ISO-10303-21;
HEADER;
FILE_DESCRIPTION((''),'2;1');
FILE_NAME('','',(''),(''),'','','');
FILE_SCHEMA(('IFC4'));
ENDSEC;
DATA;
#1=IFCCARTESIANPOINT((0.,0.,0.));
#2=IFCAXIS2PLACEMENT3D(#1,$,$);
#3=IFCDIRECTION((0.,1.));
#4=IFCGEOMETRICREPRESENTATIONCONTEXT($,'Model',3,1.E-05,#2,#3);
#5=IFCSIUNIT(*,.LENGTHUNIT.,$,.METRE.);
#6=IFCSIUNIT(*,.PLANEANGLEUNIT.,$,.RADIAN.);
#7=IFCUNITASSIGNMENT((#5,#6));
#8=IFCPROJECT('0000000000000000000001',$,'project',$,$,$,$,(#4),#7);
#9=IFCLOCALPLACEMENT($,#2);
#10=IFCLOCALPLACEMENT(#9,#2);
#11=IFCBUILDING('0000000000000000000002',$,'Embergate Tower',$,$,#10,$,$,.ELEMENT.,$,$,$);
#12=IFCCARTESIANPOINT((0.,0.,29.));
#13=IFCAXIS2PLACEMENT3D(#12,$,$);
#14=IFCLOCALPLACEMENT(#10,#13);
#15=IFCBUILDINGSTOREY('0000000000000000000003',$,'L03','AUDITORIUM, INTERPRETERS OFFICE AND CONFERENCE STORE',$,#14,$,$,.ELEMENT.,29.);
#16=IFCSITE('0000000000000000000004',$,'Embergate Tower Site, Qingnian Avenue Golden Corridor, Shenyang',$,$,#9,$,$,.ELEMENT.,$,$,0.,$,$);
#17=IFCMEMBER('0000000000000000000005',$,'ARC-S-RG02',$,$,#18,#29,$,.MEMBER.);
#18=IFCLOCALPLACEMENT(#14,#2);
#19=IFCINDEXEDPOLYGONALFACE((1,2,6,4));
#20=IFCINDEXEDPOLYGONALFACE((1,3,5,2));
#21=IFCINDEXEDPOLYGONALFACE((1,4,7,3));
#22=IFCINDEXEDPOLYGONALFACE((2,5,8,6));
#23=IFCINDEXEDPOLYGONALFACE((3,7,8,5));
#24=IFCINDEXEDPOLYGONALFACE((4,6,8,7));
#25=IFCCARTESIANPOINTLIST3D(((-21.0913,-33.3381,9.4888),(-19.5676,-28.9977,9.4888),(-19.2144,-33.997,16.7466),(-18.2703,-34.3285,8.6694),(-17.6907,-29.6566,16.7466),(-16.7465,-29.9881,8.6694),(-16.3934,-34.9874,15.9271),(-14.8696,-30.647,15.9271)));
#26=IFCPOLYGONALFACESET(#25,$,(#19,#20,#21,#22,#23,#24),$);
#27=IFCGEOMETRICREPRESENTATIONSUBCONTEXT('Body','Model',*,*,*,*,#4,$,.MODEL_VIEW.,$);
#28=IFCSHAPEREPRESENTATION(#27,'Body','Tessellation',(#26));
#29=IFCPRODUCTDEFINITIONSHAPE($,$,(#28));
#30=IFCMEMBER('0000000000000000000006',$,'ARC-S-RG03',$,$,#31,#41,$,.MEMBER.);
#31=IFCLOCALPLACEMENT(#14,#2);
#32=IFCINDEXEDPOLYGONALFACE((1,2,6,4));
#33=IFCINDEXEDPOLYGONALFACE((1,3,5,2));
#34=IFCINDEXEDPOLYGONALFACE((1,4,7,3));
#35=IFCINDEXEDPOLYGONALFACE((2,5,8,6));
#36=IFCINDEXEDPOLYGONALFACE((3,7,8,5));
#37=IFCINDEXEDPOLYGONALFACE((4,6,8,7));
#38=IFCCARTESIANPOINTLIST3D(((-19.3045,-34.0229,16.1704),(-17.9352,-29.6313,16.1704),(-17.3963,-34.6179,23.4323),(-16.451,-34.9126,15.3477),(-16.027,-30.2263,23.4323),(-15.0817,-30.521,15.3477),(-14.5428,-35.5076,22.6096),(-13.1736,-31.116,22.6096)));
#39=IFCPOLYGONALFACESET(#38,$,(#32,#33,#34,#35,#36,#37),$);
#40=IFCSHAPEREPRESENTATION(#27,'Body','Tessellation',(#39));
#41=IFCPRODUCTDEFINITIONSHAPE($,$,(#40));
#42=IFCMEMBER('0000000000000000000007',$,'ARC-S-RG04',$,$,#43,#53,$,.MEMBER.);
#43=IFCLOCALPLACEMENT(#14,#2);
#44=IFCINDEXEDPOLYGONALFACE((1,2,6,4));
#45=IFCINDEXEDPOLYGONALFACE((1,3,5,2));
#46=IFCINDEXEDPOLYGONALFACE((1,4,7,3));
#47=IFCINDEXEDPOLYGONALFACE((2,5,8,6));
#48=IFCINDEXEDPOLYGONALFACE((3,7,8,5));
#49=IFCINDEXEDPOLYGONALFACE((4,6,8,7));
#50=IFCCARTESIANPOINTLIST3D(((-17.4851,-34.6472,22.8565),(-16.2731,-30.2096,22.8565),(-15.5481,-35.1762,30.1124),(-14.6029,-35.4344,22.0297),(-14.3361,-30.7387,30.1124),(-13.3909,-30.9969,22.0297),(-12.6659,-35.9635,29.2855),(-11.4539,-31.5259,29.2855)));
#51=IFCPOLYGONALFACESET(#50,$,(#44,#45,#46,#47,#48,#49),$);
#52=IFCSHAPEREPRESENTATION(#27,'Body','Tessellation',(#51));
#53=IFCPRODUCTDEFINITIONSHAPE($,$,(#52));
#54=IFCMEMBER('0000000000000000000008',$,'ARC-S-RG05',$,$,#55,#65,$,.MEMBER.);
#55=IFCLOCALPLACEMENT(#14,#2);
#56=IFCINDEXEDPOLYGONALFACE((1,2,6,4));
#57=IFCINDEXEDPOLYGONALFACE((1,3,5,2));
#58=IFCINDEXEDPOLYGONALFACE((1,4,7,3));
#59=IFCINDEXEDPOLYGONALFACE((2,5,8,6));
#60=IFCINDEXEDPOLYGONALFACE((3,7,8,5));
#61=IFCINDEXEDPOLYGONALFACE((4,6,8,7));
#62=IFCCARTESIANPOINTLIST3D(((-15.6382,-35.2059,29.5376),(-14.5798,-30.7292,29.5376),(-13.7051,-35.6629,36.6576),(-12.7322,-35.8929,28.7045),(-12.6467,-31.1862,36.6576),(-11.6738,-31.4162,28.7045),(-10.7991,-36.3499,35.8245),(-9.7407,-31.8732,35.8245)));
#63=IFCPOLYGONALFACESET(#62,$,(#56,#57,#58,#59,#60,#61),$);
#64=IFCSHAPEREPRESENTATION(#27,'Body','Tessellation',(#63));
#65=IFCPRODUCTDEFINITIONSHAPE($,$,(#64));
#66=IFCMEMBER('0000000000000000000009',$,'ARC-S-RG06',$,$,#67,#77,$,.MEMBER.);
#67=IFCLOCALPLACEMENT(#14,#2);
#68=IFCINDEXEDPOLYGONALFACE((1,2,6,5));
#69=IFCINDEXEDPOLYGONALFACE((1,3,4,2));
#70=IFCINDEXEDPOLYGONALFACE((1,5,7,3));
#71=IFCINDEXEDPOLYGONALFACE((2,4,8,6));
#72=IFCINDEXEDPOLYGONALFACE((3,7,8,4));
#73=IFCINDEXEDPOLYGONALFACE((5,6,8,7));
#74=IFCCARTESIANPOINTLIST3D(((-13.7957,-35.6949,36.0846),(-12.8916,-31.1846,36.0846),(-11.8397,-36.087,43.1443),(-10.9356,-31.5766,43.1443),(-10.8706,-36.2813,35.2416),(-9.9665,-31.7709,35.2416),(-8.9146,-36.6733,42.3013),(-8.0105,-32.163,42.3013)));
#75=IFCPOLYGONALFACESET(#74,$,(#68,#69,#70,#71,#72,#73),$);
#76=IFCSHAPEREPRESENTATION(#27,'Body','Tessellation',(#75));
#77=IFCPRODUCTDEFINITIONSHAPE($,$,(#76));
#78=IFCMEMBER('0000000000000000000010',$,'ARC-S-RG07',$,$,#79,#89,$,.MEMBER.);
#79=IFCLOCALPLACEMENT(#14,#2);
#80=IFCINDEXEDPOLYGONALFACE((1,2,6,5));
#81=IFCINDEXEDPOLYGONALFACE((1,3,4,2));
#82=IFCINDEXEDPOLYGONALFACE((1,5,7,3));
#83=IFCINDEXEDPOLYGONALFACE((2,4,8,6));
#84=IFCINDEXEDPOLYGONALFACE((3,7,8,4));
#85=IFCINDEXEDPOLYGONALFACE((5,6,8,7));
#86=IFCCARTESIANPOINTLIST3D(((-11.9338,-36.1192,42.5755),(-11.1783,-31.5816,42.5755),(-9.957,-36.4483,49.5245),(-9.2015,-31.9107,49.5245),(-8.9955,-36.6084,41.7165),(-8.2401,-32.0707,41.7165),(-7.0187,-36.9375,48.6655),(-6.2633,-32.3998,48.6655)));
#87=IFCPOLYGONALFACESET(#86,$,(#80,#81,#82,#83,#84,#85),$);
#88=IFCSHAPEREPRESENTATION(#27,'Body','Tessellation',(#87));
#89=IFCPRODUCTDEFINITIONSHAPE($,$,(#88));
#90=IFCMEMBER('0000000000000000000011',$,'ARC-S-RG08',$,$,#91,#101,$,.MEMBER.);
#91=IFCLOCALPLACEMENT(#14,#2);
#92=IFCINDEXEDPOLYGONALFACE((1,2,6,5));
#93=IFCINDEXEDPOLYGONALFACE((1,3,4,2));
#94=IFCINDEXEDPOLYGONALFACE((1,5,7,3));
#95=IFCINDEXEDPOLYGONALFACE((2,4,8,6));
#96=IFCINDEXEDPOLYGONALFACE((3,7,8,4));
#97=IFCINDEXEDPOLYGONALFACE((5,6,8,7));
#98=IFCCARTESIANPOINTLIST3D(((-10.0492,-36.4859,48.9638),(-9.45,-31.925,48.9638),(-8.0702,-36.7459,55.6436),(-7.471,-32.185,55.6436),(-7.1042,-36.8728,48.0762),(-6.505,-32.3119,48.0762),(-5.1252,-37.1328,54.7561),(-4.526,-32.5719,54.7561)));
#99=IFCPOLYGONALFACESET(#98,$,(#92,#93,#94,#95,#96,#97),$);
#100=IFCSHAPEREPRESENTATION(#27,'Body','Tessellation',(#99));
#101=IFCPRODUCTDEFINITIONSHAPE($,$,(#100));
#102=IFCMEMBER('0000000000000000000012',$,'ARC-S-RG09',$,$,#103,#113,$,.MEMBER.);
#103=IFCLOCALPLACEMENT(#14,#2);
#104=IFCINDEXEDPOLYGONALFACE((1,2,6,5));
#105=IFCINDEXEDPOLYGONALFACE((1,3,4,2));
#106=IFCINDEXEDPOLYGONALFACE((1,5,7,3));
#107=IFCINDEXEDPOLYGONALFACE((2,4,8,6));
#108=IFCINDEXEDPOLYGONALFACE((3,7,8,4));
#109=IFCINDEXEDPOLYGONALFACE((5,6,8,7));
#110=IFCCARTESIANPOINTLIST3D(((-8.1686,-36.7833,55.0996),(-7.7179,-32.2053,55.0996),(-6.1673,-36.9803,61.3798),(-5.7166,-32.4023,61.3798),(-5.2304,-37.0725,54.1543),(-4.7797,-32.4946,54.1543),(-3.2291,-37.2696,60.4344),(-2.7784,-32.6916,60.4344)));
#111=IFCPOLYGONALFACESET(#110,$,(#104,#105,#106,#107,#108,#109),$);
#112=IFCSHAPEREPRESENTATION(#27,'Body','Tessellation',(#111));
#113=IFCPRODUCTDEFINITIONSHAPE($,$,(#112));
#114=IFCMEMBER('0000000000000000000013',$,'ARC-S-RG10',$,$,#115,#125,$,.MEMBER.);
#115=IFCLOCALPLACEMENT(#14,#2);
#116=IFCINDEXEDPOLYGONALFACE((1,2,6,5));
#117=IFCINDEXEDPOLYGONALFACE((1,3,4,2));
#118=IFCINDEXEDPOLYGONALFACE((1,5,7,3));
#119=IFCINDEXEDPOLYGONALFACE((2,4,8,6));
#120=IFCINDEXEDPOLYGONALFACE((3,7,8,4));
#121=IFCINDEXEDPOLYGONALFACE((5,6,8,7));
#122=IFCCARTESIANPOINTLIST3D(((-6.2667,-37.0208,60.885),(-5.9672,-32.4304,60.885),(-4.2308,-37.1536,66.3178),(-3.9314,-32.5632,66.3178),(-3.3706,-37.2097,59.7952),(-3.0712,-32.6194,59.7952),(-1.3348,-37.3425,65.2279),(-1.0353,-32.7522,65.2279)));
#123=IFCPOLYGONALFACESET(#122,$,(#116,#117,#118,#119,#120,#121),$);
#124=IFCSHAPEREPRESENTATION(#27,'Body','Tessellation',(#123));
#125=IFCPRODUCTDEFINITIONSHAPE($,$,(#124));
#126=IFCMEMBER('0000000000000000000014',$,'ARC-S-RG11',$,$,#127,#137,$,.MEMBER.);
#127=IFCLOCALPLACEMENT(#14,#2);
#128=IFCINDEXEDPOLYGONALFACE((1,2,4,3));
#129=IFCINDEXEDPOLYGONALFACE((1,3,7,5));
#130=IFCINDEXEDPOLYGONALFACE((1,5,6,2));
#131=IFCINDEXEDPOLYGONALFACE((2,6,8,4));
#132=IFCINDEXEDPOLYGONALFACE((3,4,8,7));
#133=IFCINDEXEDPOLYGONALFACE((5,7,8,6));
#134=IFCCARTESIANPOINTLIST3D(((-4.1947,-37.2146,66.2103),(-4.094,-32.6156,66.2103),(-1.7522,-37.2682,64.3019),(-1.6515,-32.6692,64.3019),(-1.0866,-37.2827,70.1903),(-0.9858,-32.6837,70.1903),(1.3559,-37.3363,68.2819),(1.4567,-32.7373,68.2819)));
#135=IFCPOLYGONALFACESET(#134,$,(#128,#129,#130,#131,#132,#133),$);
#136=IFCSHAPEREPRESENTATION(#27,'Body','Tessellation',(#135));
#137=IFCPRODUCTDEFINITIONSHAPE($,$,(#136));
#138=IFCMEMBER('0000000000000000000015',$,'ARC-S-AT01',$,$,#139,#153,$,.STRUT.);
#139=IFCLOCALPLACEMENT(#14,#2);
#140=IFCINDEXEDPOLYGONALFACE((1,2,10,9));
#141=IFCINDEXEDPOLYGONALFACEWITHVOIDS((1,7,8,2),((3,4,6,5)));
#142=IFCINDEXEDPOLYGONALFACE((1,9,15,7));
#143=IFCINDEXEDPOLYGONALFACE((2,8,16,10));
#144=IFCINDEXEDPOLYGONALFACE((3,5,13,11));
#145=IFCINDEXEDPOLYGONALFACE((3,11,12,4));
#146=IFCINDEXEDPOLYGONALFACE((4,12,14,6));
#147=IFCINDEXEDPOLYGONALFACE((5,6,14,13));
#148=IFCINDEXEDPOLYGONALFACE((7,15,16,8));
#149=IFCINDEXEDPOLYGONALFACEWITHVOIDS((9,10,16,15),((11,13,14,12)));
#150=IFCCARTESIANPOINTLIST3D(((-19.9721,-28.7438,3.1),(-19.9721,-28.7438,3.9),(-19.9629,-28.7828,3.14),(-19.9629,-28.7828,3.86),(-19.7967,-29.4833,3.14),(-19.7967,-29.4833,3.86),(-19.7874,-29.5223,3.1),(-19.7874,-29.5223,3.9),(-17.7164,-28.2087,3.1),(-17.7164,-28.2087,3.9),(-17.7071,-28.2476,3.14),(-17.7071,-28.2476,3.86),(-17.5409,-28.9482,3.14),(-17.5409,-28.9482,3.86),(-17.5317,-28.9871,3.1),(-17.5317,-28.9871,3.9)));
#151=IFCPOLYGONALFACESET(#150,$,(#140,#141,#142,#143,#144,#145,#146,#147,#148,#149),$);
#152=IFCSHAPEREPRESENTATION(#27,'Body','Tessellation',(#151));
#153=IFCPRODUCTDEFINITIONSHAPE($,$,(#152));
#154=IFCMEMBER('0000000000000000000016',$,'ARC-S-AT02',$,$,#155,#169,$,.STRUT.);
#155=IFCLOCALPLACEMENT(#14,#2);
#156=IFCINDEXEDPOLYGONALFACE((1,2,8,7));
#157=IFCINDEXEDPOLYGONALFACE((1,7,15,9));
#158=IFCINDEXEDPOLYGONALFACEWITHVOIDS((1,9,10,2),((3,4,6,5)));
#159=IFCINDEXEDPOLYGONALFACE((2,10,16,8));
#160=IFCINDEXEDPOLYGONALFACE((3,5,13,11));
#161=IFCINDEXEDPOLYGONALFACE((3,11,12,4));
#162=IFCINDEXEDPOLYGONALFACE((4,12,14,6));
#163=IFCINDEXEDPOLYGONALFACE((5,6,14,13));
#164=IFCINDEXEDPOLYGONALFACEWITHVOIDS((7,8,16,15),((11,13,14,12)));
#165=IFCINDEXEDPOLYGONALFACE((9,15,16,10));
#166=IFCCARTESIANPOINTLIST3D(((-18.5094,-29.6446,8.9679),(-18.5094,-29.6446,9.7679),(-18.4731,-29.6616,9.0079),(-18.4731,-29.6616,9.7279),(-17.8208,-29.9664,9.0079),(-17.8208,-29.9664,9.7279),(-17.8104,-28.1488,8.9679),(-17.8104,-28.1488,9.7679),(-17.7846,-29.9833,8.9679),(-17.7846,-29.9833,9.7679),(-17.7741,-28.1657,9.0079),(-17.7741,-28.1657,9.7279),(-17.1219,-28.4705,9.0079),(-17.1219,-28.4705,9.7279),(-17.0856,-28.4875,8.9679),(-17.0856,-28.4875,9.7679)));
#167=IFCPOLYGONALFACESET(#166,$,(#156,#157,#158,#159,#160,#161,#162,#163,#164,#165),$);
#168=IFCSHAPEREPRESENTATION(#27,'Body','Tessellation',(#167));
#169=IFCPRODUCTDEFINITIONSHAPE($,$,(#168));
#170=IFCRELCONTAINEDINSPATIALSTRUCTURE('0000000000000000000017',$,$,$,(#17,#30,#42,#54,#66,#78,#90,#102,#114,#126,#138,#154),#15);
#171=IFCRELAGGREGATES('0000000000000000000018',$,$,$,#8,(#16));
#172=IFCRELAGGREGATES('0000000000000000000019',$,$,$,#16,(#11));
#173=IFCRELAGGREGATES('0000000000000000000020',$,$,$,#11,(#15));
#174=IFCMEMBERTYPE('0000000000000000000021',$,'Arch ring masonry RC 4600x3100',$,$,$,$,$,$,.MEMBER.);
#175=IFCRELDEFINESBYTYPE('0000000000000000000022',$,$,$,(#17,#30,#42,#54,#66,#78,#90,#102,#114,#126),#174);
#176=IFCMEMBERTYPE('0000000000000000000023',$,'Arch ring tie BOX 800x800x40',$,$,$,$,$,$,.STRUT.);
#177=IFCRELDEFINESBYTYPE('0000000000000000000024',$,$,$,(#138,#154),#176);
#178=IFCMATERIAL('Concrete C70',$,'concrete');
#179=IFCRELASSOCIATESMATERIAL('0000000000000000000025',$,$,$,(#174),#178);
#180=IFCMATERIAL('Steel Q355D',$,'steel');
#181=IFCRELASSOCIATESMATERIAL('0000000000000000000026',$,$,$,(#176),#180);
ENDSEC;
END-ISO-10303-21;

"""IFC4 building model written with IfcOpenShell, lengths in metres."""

from ifc_helpers import new_model, si_unit, direction, frame, origin, origin_2d, place, context, subcontext, project, spatial, rectangle, hollow_rectangle, extrude, source, transform, mapped, material, material_profile, profile_set, type_object, element, save


model = new_model("IFC4")

# Units and contexts
model_context = context("Model", 3, precision=1e-05, world=origin(), true_north=direction((0.0, 1.0)))
body_context = subcontext(model_context, "Body", "Model", "MODEL_VIEW")
ifc_project = project(units=[si_unit("LENGTHUNIT", "METRE"), si_unit("PLANEANGLEUNIT", "RADIAN")], contexts=[model_context])

# Site, building, storey
site_placement = place(None, origin())
site = spatial("IfcSite", under=ifc_project, at=site_placement, Name="Embergate Tower Site, Qingnian Avenue Golden Corridor, Shenyang", CompositionType="ELEMENT", RefElevation=0.0)
building_placement = place(site_placement, origin())
building = spatial("IfcBuilding", under=site, at=building_placement, Name="Embergate Tower", CompositionType="ELEMENT")
storey_placement = place(building_placement, frame((0.0, 0.0, 29.0)))
storey = spatial("IfcBuildingStorey", under=building, at=storey_placement, Name="L03", Description="AUDITORIUM, INTERPRETERS OFFICE AND CONFERENCE STORE", CompositionType="ELEMENT", Elevation=29.0)

# Members
ifc_material_1 = material(Name="Concrete C70", Category="concrete")
ifc_material_profile_1 = material_profile(ifc_material_1, rectangle(XDim=4.6001, YDim=3.1001, at=origin_2d()), Name="RC 4600x3100")
ifc_profile_set_1 = profile_set([ifc_material_profile_1], Name="Concrete C70")
member_type_1 = type_object("IfcMemberType", Name="Arch ring masonry RC 4600x3100", PredefinedType="MEMBER", material=ifc_profile_set_1)
shared_shape_1 = source(origin(), body_context, "Body", "SweptSolid", [
    extrude(rectangle(XDim=4.6001, YDim=3.1001, at=origin_2d()), origin(), (0.0, 0.0, 1.0), 7.5254),
])
member_1_placement = place(storey_placement, frame((-18.9189, -31.6631, 9.0791), z_axis=(0.249413, -0.08756, 0.964431), x_axis=(0.331247, 0.943544, 0.0)))
element("IfcMember", 1, at=member_1_placement, inside=storey, type_object=member_type_1, Name="ARC-S-RG02", PredefinedType="MEMBER", context=body_context, shape_type="MappedRepresentation", body=[
    mapped(shared_shape_1, transform((0.0, 0.0, 0.0))),
])
shared_shape_2 = source(origin(), body_context, "Body", "SweptSolid", [
    extrude(rectangle(XDim=4.6001, YDim=3.1001, at=origin_2d()), origin(), (0.0, 0.0, 1.0), 7.532),
])
member_2_placement = place(storey_placement, frame((-17.1931, -32.272, 15.759), z_axis=(0.253345, -0.078992, 0.964145), x_axis=(0.297663, 0.954671, 0.0)))
element("IfcMember", 2, at=member_2_placement, inside=storey, type_object=member_type_1, Name="ARC-S-RG03", PredefinedType="MEMBER", context=body_context, shape_type="MappedRepresentation", body=[
    mapped(shared_shape_2, transform((0.0, 0.0, 0.0))),
])
shared_shape_3 = source(origin(), body_context, "Body", "SweptSolid", [
    extrude(rectangle(XDim=4.6001, YDim=3.1001, at=origin_2d()), origin(), (0.0, 0.0, 1.0), 7.5286),
])
member_3_placement = place(storey_placement, frame((-15.438, -32.822, 22.4431), z_axis=(0.257288, -0.070273, 0.963776), x_axis=(0.263477, 0.964666, 0.0)))
element("IfcMember", 3, at=member_3_placement, inside=storey, type_object=member_type_1, Name="ARC-S-RG04", PredefinedType="MEMBER", context=body_context, shape_type="MappedRepresentation", body=[
    mapped(shared_shape_3, transform((0.0, 0.0, 0.0))),
])
shared_shape_4 = source(origin(), body_context, "Body", "SweptSolid", [
    extrude(rectangle(XDim=4.6001, YDim=3.1001, at=origin_2d()), origin(), (0.0, 0.0, 1.0), 7.3918),
])
member_4_placement = place(storey_placement, frame((-13.656, -33.311, 29.1211), z_axis=(0.261521, -0.06183, 0.963215), x_axis=(0.23008, 0.973172, 0.0)))
element("IfcMember", 4, at=member_4_placement, inside=storey, type_object=member_type_1, Name="ARC-S-RG05", PredefinedType="MEMBER", context=body_context, shape_type="MappedRepresentation", body=[
    mapped(shared_shape_4, transform((0.0, 0.0, 0.0))),
])
shared_shape_5 = source(origin(), body_context, "Body", "SweptSolid", [
    extrude(rectangle(XDim=4.6001, YDim=3.1001, at=origin_2d()), origin(), (0.0, 0.0, 1.0), 7.3362),
])
member_5_placement = place(storey_placement, frame((-11.8811, -33.7329, 35.6631), z_axis=(0.266628, -0.053445, 0.962317), x_axis=(0.19654, 0.980496, 0.0)))
element("IfcMember", 5, at=member_5_placement, inside=storey, type_object=member_type_1, Name="ARC-S-RG06", PredefinedType="MEMBER", context=body_context, shape_type="MappedRepresentation", body=[
    mapped(shared_shape_5, transform((0.0, 0.0, 0.0))),
])
shared_shape_6 = source(origin(), body_context, "Body", "SweptSolid", [
    extrude(rectangle(XDim=4.6001, YDim=3.1001, at=origin_2d()), origin(), (0.0, 0.0, 1.0), 7.2322),
])
member_6_placement = place(storey_placement, frame((-10.0869, -34.095, 42.146), z_axis=(0.273335, -0.045505, 0.960842), x_axis=(0.164221, 0.986424, 0.0)))
element("IfcMember", 6, at=member_6_placement, inside=storey, type_object=member_type_1, Name="ARC-S-RG07", PredefinedType="MEMBER", context=body_context, shape_type="MappedRepresentation", body=[
    mapped(shared_shape_6, transform((0.0, 0.0, 0.0))),
])
shared_shape_7 = source(origin(), body_context, "Body", "SweptSolid", [
    extrude(rectangle(XDim=4.6001, YDim=3.1001, at=origin_2d()), origin(), (0.0, 0.0, 1.0), 6.9717),
])
member_7_placement = place(storey_placement, frame((-8.2771, -34.3989, 48.52), z_axis=(0.28386, -0.037295, 0.95814), x_axis=(0.130265, 0.991479, 0.0)))
element("IfcMember", 7, at=member_7_placement, inside=storey, type_object=member_type_1, Name="ARC-S-RG08", PredefinedType="MEMBER", context=body_context, shape_type="MappedRepresentation", body=[
    mapped(shared_shape_7, transform((0.0, 0.0, 0.0))),
])
shared_shape_8 = source(origin(), body_context, "Body", "SweptSolid", [
    extrude(rectangle(XDim=4.6001, YDim=3.1001, at=origin_2d()), origin(), (0.0, 0.0, 1.0), 6.5942),
])
member_8_placement = place(storey_placement, frame((-6.4741, -34.6389, 54.627), z_axis=(0.303485, -0.029878, 0.952368), x_axis=(0.097977, 0.995189, 0.0)))
element("IfcMember", 8, at=member_8_placement, inside=storey, type_object=member_type_1, Name="ARC-S-RG09", PredefinedType="MEMBER", context=body_context, shape_type="MappedRepresentation", body=[
    mapped(shared_shape_8, transform((0.0, 0.0, 0.0))),
])
shared_shape_9 = source(origin(), body_context, "Body", "SweptSolid", [
    extrude(rectangle(XDim=4.6001, YDim=3.1001, at=origin_2d()), origin(), (0.0, 0.0, 1.0), 5.8032),
])
member_9_placement = place(storey_placement, frame((-4.6689, -34.8201, 60.3401), z_axis=(0.350815, -0.022886, 0.936165), x_axis=(0.065097, 0.997879, 0.0)))
element("IfcMember", 9, at=member_9_placement, inside=storey, type_object=member_type_1, Name="ARC-S-RG10", PredefinedType="MEMBER", context=body_context, shape_type="MappedRepresentation", body=[
    mapped(shared_shape_9, transform((0.0, 0.0, 0.0))),
])
shared_shape_10 = source(origin(), body_context, "Body", "SweptSolid", [
    extrude(rectangle(XDim=4.6001, YDim=3.1001, at=origin_2d()), origin(), (0.0, 0.0, 1.0), 5.0503),
])
member_10_placement = place(storey_placement, frame((-2.9231, -34.9419, 65.2561), z_axis=(0.61544, -0.013487, 0.788068), x_axis=(0.02191, 0.99976, 0.0)))
element("IfcMember", 10, at=member_10_placement, inside=storey, type_object=member_type_1, Name="ARC-S-RG11", PredefinedType="MEMBER", context=body_context, shape_type="MappedRepresentation", body=[
    mapped(shared_shape_10, transform((0.0, 0.0, 0.0))),
])
ifc_material_2 = material(Name="Steel Q355D", Category="steel")
ifc_material_profile_2 = material_profile(ifc_material_2, hollow_rectangle(XDim=0.8, YDim=0.8, WallThickness=0.04, at=origin_2d()), Name="BOX 800x800x40")
ifc_profile_set_2 = profile_set([ifc_material_profile_2], Name="Steel Q355 grade D")
member_type_2 = type_object("IfcMemberType", Name="Arch ring tie BOX 800x800x40", PredefinedType="STRUT", material=ifc_profile_set_2)
shared_shape_11 = source(origin(), body_context, "Body", "SweptSolid", [
    extrude(hollow_rectangle(XDim=0.8, YDim=0.8, WallThickness=0.04, at=origin_2d()), origin(), (0.0, 0.0, 1.0), 2.3184),
])
member_11_placement = place(storey_placement, frame((-17.624, -28.5979, 3.5), z_axis=(-0.972996, -0.230823, 0.0), x_axis=(0.230823, -0.972996, 0.0)))
element("IfcMember", 11, at=member_11_placement, inside=storey, type_object=member_type_2, Name="ARC-S-AT01", PredefinedType="STRUT", context=body_context, shape_type="MappedRepresentation", body=[
    mapped(shared_shape_11, transform((0.0, 0.0, 0.0))),
])
shared_shape_12 = source(origin(), body_context, "Body", "SweptSolid", [
    extrude(hollow_rectangle(XDim=0.8, YDim=0.8, WallThickness=0.04, at=origin_2d()), origin(), (0.0, 0.0, 1.0), 1.6511),
])
member_12_placement = place(storey_placement, frame((-17.448, -28.3181, 9.3679), z_axis=(-0.423339, -0.905971, 0.0), x_axis=(0.905971, -0.423339, 0.0)))
element("IfcMember", 12, at=member_12_placement, inside=storey, type_object=member_type_2, Name="ARC-S-AT02", PredefinedType="STRUT", context=body_context, shape_type="MappedRepresentation", body=[
    mapped(shared_shape_12, transform((0.0, 0.0, 0.0))),
])

save(model, "model.ifc")
